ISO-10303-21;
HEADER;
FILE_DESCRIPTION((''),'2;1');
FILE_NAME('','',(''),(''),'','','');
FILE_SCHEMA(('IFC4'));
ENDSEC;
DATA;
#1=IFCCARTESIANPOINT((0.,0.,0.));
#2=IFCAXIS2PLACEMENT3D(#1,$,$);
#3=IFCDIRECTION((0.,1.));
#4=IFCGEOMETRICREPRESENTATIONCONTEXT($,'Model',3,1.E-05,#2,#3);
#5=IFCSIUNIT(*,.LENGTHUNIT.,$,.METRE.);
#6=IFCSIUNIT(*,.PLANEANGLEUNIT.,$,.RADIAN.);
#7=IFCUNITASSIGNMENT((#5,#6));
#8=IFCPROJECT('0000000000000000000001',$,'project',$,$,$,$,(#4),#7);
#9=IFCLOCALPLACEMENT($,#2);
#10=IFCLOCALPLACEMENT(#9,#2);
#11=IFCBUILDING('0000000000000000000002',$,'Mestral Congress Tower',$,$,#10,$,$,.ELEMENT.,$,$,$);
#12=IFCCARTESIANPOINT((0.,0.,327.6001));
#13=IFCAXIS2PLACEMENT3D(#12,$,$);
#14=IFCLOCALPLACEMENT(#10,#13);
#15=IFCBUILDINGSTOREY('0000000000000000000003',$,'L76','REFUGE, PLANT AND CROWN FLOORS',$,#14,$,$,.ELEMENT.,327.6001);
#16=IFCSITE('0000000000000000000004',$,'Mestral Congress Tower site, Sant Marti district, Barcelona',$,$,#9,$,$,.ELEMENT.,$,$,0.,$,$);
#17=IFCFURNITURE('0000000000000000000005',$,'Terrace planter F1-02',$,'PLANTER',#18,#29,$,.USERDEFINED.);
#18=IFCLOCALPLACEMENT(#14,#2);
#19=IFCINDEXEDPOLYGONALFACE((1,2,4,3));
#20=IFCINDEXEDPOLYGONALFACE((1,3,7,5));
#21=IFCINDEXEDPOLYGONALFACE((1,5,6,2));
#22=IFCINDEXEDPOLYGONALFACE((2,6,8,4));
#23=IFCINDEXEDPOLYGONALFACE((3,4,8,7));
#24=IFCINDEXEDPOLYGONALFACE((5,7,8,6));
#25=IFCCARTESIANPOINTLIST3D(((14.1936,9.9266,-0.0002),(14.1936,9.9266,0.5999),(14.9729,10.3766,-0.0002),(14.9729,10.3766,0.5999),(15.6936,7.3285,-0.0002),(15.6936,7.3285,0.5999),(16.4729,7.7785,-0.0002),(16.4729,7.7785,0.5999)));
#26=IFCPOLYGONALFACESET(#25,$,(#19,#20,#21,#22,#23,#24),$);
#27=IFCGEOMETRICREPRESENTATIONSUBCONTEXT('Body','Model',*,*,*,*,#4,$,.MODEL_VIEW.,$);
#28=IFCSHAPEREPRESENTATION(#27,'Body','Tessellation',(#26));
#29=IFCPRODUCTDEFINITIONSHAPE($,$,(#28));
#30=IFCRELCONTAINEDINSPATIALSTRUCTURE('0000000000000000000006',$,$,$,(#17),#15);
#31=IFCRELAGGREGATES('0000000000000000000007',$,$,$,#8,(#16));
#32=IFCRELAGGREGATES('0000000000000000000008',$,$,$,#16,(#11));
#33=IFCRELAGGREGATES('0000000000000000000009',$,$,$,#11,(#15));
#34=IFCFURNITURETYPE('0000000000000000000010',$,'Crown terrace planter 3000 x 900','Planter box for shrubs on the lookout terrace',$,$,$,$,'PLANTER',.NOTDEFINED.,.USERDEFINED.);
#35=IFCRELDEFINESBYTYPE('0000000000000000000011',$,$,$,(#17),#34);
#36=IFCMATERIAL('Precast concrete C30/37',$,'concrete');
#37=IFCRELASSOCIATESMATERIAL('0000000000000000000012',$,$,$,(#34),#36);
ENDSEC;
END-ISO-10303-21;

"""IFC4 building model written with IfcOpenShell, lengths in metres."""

from ifc_helpers import new_model, si_unit, direction, frame, origin, origin_2d, place, context, subcontext, project, spatial, rectangle, extrude, material, type_object, element, save


model = new_model("IFC4")

# Units and contexts
model_context = context("Model", 3, precision=1e-05, world=origin(), true_north=direction((0.0, 1.0)))
body_context = subcontext(model_context, "Body", "Model", "MODEL_VIEW")
ifc_project = project(units=[si_unit("LENGTHUNIT", "METRE"), si_unit("PLANEANGLEUNIT", "RADIAN")], contexts=[model_context])

# Site, building, storey
site_placement = place(None, origin())
site = spatial("IfcSite", under=ifc_project, at=site_placement, Name="Mestral Congress Tower site, Sant Marti district, Barcelona", CompositionType="ELEMENT", RefElevation=0.0)
building_placement = place(site_placement, origin())
building = spatial("IfcBuilding", under=site, at=building_placement, Name="Mestral Congress Tower", CompositionType="ELEMENT")
storey_placement = place(building_placement, frame((0.0, 0.0, 327.6001)))
storey = spatial("IfcBuildingStorey", under=building, at=storey_placement, Name="L76", Description="REFUGE, PLANT AND CROWN FLOORS", CompositionType="ELEMENT", Elevation=327.6001)

# Furniture
ifc_material_1 = material(Name="Precast concrete C30/37", Category="concrete")
furniture_type = type_object("IfcFurnitureType", Name="Crown terrace planter 3000 x 900", Description="Planter box for shrubs on the lookout terrace", ElementType="PLANTER", AssemblyPlace="NOTDEFINED", PredefinedType="USERDEFINED", material=ifc_material_1)
for number, where, z_axis, x_axis, name in (
    (1, (15.3333, 8.8525, -0.0002), (0.0, 0.0, 1.0), (-0.500006, 0.866022, 0.0), "Terrace planter F1-02"),
):
    element("IfcFurniture", number, at=place(storey_placement, frame(where, z_axis=z_axis, x_axis=x_axis)), inside=storey, type_object=furniture_type, Name=name, ObjectType="PLANTER", PredefinedType="USERDEFINED", context=body_context, shape_type="SweptSolid", body=[
        extrude(rectangle(XDim=3.0, YDim=0.8999, at=origin_2d()), origin(), (0.0, 0.0, 1.0), 0.6001),
    ])

save(model, "model.ifc")
